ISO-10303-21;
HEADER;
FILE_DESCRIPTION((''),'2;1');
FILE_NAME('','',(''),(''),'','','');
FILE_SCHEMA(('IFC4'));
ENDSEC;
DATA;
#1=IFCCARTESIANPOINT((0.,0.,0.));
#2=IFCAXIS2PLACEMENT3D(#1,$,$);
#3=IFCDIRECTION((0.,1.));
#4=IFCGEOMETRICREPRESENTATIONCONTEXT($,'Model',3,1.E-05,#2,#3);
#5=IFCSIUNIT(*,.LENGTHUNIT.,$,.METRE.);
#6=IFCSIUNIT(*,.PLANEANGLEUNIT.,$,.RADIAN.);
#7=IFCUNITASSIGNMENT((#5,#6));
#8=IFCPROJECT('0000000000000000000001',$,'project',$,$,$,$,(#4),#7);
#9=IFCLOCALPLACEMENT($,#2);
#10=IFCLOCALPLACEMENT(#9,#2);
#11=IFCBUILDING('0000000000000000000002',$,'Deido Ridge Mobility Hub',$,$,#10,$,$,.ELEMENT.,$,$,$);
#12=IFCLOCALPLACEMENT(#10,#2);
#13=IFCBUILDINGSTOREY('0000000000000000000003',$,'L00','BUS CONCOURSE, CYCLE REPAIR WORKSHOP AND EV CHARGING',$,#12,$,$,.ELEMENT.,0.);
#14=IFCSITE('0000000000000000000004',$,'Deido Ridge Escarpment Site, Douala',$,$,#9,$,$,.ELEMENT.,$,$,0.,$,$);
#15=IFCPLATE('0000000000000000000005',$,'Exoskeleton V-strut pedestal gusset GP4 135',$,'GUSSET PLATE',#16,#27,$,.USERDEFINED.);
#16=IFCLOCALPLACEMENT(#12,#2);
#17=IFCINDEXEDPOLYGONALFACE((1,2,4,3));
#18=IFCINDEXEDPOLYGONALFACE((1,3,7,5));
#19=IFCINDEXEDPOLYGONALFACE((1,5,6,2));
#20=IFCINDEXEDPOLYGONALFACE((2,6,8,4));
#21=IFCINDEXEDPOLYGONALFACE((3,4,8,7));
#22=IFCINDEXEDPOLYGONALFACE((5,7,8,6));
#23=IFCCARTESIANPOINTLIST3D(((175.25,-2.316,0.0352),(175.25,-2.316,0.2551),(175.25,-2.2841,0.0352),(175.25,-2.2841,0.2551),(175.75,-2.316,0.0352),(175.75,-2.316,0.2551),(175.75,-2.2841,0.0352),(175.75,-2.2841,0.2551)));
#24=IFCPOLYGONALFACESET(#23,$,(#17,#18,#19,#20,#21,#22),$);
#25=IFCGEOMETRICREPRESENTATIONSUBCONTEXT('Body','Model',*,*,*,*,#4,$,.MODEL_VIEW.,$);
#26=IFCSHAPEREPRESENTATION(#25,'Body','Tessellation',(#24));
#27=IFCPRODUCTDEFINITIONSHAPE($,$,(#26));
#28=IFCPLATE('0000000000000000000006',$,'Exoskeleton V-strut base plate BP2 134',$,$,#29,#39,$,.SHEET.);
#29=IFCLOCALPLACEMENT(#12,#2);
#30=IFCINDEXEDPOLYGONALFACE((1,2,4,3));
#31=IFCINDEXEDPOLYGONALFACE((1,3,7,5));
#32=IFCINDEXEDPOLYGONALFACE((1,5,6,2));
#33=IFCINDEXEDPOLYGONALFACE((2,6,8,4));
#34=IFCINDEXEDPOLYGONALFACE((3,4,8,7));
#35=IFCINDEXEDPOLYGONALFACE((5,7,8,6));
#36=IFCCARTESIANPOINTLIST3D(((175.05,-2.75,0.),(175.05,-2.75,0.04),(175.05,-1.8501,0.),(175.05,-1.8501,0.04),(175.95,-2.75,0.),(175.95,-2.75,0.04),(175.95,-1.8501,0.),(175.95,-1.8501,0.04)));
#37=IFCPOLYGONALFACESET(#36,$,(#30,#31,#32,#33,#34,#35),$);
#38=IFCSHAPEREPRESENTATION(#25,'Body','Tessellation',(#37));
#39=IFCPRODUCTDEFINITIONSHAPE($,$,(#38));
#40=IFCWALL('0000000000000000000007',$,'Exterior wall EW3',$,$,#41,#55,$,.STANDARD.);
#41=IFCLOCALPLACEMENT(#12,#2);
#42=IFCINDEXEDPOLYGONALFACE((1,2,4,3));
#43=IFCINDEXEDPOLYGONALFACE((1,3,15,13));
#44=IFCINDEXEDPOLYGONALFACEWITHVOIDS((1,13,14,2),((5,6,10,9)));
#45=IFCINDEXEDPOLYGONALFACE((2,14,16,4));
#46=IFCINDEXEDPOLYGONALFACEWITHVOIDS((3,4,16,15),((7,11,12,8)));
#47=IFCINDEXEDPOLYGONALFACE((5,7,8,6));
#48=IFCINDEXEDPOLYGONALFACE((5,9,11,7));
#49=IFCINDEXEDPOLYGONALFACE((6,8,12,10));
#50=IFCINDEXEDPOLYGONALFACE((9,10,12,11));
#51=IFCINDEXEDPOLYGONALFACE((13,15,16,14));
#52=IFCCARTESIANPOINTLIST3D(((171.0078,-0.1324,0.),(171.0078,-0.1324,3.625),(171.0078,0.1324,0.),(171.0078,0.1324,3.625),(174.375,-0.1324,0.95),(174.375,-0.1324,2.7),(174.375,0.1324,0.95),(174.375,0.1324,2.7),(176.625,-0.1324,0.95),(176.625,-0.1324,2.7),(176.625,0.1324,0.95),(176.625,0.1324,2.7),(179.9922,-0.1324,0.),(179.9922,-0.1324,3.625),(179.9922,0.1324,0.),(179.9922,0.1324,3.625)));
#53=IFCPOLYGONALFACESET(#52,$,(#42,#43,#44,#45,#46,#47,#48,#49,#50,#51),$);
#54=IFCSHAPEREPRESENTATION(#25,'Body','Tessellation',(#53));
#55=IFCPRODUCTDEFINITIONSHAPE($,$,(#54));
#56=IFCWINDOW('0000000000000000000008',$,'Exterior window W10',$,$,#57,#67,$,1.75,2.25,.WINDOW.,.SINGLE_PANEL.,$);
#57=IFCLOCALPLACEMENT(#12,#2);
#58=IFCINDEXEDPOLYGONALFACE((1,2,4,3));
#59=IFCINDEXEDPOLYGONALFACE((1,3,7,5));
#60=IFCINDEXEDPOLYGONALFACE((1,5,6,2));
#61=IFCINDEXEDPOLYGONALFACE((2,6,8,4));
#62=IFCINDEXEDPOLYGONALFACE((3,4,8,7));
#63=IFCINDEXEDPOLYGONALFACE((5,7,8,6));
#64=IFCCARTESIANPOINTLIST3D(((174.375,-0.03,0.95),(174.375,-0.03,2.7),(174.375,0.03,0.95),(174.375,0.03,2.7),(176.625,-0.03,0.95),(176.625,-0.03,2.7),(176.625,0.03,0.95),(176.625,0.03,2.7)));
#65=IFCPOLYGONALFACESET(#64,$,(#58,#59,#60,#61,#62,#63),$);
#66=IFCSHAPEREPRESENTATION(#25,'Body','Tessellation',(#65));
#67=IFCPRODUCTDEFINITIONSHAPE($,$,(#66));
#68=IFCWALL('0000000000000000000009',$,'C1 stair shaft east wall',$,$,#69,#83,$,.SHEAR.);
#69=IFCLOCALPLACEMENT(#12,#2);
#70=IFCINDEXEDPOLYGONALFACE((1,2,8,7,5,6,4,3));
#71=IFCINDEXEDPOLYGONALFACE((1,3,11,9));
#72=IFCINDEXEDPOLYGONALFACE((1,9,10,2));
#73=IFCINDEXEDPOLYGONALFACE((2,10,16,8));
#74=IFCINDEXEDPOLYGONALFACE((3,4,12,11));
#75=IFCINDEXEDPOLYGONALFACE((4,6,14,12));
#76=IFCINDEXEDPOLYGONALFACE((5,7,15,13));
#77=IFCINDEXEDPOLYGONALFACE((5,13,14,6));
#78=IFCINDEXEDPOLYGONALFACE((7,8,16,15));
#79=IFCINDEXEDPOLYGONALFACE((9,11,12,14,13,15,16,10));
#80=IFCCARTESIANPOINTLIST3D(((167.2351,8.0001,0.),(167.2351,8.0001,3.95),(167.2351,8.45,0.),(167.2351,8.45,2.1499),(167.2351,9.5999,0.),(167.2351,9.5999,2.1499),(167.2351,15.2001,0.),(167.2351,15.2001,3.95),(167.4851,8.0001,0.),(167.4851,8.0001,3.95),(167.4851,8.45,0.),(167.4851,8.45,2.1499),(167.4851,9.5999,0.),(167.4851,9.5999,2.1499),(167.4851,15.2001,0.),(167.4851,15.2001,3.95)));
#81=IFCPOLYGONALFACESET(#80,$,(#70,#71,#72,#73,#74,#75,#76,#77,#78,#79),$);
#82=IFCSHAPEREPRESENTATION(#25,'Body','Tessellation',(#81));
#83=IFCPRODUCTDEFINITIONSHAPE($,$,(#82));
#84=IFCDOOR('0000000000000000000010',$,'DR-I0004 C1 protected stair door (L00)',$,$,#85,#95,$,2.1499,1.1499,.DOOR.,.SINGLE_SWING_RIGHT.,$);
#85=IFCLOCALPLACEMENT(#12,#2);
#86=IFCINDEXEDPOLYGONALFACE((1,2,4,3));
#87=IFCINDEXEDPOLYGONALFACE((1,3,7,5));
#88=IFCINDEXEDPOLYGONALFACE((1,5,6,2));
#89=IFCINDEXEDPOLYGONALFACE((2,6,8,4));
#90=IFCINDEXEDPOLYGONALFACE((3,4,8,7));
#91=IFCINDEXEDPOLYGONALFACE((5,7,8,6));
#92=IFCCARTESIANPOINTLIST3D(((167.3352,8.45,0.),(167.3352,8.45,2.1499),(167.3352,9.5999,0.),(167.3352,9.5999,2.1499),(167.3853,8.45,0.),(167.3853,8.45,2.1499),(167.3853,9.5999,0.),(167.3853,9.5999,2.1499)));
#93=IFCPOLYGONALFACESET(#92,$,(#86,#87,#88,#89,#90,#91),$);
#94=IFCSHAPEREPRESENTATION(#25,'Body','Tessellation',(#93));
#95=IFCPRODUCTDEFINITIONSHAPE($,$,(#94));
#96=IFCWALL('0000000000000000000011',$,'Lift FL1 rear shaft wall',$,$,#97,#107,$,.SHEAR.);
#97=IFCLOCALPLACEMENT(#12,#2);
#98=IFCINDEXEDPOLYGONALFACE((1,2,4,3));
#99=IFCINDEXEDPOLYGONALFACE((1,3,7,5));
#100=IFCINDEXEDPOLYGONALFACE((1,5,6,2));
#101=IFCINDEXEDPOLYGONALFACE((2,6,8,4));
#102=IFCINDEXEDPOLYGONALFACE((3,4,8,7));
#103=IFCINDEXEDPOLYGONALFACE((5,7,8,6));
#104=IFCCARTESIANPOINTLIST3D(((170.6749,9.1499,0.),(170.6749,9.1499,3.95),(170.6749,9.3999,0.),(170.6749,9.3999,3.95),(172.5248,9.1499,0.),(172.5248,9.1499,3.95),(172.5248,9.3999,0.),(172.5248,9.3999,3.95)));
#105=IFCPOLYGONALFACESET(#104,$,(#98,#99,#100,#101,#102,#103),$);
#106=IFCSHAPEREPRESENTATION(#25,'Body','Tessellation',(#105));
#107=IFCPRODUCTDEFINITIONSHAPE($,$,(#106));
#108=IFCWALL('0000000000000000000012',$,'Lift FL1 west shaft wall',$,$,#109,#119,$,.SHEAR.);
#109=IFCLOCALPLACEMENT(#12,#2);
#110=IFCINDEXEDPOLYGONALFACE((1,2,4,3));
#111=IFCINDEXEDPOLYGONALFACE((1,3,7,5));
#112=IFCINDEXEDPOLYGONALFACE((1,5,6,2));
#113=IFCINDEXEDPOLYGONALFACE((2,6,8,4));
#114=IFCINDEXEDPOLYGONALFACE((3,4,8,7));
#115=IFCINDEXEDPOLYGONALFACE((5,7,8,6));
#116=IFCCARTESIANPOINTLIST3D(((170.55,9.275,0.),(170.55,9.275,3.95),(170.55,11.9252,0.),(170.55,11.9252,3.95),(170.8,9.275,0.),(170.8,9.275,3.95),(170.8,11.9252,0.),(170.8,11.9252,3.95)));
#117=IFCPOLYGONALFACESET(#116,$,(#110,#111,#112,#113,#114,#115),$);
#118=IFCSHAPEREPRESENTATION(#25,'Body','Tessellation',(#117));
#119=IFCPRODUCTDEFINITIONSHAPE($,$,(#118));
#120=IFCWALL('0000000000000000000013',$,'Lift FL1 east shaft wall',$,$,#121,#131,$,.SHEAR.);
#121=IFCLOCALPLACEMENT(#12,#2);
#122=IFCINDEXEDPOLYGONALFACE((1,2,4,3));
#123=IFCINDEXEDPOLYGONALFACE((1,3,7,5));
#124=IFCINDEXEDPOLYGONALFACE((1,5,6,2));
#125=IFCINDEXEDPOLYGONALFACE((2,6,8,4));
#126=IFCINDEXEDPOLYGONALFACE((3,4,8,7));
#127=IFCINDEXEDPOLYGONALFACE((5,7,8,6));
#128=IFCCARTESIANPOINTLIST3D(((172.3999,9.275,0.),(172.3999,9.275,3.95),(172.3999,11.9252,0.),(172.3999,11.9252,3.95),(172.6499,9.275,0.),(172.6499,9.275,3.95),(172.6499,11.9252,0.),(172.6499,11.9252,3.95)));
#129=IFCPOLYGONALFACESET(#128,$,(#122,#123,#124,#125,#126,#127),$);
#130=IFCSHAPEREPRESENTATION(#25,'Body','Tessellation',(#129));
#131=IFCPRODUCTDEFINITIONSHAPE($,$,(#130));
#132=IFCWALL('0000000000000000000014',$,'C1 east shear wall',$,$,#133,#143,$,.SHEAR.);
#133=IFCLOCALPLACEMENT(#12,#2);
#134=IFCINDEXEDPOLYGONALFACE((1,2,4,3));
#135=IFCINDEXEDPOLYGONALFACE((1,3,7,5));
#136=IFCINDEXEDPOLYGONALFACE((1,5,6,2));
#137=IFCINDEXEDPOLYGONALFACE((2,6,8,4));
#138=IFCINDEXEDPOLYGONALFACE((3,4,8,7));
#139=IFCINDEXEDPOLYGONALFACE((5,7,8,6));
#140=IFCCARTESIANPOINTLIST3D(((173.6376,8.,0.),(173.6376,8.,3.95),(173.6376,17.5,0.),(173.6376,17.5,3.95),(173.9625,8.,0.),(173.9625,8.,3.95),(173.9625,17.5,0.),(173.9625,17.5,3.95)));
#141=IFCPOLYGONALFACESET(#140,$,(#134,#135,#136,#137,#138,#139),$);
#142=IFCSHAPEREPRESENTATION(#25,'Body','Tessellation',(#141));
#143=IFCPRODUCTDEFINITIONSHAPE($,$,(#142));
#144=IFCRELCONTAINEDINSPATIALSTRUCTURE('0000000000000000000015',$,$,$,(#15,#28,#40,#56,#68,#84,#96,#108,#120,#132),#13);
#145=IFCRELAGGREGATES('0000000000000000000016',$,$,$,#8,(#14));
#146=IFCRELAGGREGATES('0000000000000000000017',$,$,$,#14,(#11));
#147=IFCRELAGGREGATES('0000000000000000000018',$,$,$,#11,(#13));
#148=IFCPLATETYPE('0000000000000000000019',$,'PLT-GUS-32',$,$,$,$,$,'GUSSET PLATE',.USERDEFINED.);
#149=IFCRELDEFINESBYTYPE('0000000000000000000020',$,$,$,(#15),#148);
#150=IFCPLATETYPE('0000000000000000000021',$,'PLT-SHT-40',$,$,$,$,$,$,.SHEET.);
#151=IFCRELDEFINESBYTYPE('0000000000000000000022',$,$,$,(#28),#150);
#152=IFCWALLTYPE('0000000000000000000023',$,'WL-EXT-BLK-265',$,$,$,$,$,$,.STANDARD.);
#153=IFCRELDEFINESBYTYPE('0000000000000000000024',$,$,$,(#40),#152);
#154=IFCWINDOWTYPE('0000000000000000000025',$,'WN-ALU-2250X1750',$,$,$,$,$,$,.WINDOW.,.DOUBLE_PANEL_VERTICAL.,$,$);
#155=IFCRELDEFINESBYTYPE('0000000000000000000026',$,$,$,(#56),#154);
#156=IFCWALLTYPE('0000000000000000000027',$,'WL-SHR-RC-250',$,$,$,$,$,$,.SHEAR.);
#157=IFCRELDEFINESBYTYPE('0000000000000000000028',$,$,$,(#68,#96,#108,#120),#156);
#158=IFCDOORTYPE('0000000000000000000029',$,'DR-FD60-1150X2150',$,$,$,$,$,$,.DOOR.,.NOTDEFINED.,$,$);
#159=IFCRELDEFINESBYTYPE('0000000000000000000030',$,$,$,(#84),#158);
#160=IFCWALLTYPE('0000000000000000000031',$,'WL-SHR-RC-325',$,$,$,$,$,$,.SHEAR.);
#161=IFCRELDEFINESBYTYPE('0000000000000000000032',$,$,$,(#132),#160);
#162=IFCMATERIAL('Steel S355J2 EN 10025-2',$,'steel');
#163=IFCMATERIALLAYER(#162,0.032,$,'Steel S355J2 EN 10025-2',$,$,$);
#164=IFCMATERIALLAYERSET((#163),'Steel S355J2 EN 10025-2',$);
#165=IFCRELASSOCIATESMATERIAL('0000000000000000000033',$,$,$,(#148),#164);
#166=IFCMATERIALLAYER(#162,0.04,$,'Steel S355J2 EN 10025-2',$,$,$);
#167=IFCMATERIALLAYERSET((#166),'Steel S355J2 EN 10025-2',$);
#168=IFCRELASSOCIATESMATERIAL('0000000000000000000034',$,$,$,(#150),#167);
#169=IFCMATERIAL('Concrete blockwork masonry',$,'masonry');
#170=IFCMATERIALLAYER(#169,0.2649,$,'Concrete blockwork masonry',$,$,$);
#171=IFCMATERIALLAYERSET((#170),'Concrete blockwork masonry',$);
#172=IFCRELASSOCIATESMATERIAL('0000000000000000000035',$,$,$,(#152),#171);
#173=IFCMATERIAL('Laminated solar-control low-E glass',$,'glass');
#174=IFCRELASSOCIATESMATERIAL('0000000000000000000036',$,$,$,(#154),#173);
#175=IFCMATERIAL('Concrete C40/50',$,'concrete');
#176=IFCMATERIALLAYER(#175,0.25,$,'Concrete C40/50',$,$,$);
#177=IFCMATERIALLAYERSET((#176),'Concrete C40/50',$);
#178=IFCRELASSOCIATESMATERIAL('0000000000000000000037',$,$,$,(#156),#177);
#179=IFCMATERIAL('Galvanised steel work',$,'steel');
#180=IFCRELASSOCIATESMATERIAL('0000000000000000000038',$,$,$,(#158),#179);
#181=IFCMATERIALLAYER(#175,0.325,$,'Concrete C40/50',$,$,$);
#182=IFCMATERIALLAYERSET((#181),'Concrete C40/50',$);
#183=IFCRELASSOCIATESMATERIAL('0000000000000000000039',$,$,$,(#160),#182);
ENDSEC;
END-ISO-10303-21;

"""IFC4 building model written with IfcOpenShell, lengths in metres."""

from ifc_helpers import new_model, si_unit, direction, frame, frame_2d, origin, origin_2d, place, context, subcontext, project, spatial, rectangle, extrude, material, layer, layer_set, type_object, element, fill, save


model = new_model("IFC4")

# Units and contexts
model_context = context("Model", 3, precision=1e-05, world=origin(), true_north=direction((0.0, 1.0)))
body_context = subcontext(model_context, "Body", "Model", "MODEL_VIEW")
ifc_project = project(units=[si_unit("LENGTHUNIT", "METRE"), si_unit("PLANEANGLEUNIT", "RADIAN")], contexts=[model_context])

# Site, building, storey
site_placement = place(None, origin())
site = spatial("IfcSite", under=ifc_project, at=site_placement, Name="Deido Ridge Escarpment Site, Douala", CompositionType="ELEMENT", RefElevation=0.0)
building_placement = place(site_placement, origin())
building = spatial("IfcBuilding", under=site, at=building_placement, Name="Deido Ridge Mobility Hub", CompositionType="ELEMENT")
storey_placement = place(building_placement, origin())
storey = spatial("IfcBuildingStorey", under=building, at=storey_placement, Name="L00", Description="BUS CONCOURSE, CYCLE REPAIR WORKSHOP AND EV CHARGING", CompositionType="ELEMENT", Elevation=0.0)

# Shared definitions
ifc_material_1 = material(Name="Concrete C40/50", Category="concrete")

# Shared definitions
ifc_material_2 = material(Name="Steel S355J2 EN 10025-2", Category="steel")

# Plates
ifc_layer_1 = layer(ifc_material_2, 0.032, Name="Steel S355J2 EN 10025-2")
ifc_layer_set_1 = layer_set([ifc_layer_1], Name="Steel S355J2 EN 10025-2")
plate_type_1 = type_object("IfcPlateType", Name="PLT-GUS-32", ElementType="GUSSET PLATE", PredefinedType="USERDEFINED", material=ifc_layer_set_1)
plate_1_placement = place(storey_placement, frame((175.5, -2.3, 0.0352), z_axis=(0.0, 0.0, 1.0), x_axis=(1.0, 0.0, 0.0)))
element("IfcPlate", 1, at=plate_1_placement, inside=storey, type_object=plate_type_1, Name="Exoskeleton V-strut pedestal gusset GP4 135", ObjectType="GUSSET PLATE", PredefinedType="USERDEFINED", context=body_context, shape_type="SweptSolid", body=[
    extrude(rectangle(XDim=0.5, YDim=0.032, at=origin_2d()), origin(), (0.0, 0.0, 1.0), 0.22),
])
ifc_layer_2 = layer(ifc_material_2, 0.04, Name="Steel S355J2 EN 10025-2")
ifc_layer_set_2 = layer_set([ifc_layer_2], Name="Steel S355J2 EN 10025-2")
plate_type_2 = type_object("IfcPlateType", Name="PLT-SHT-40", PredefinedType="SHEET", material=ifc_layer_set_2)
plate_2_placement = place(storey_placement, frame((175.5, -2.3, 0.0), z_axis=(0.0, 0.0, 1.0), x_axis=(1.0, 0.0, 0.0)))
element("IfcPlate", 2, at=plate_2_placement, inside=storey, type_object=plate_type_2, Name="Exoskeleton V-strut base plate BP2 134", PredefinedType="SHEET", context=body_context, shape_type="SweptSolid", body=[
    extrude(rectangle(XDim=0.8999, YDim=0.8999, at=origin_2d()), origin(), (0.0, 0.0, 1.0), 0.04),
])

# Wall, opening, window
ifc_material_3 = material(Name="Concrete blockwork masonry", Category="masonry")
ifc_layer_3 = layer(ifc_material_3, 0.2649, Name="Concrete blockwork masonry")
ifc_layer_set_3 = layer_set([ifc_layer_3], Name="Concrete blockwork masonry")
wall_type_1 = type_object("IfcWallType", Name="WL-EXT-BLK-265", PredefinedType="STANDARD", material=ifc_layer_set_3)
wall_1_placement = place(storey_placement, frame((171.0078, 0.0, 0.0), z_axis=(0.0, 0.0, 1.0), x_axis=(1.0, 0.0, 0.0)))
wall_1 = element("IfcWall", 3, at=wall_1_placement, inside=storey, type_object=wall_type_1, Name="Exterior wall EW3", PredefinedType="STANDARD", context=body_context, shape_type="SweptSolid", body=[
    extrude(rectangle(XDim=8.9844, YDim=0.2649, at=frame_2d((4.4922, 0.0))), origin(), (0.0, 0.0, 1.0), 3.625),
])
opening_1_placement = place(wall_1_placement, frame((3.3672, 0.0, 0.95)))
opening_1 = element("IfcOpeningElement", 4, at=opening_1_placement, cuts=wall_1, PredefinedType="OPENING", context=body_context, shape_type="SweptSolid", body=[
    extrude(rectangle(XDim=2.25, YDim=1.75, at=frame_2d((1.125, 0.875))), frame((0.0, 0.1426, 0.0), z_axis=(0.0, -1.0, 0.0), x_axis=(1.0, 0.0, 0.0)), (0.0, 0.0, 1.0), 0.2849),
])
ifc_material_4 = material(Name="Laminated solar-control low-E glass", Category="glass")
window_type = type_object("IfcWindowType", Name="WN-ALU-2250X1750", PartitioningType="DOUBLE_PANEL_VERTICAL", PredefinedType="WINDOW", material=ifc_material_4)
window_placement = place(opening_1_placement, origin())
window = element("IfcWindow", 5, at=window_placement, inside=storey, type_object=window_type, Name="Exterior window W10", OverallHeight=1.75, OverallWidth=2.25, PartitioningType="SINGLE_PANEL", PredefinedType="WINDOW", context=body_context, shape_type="SweptSolid", body=[
    extrude(rectangle(XDim=2.25, YDim=1.75, at=frame_2d((1.125, 0.875))), frame((0.0, 0.03, 0.0), z_axis=(0.0, -1.0, 0.0), x_axis=(1.0, 0.0, 0.0)), (0.0, 0.0, 1.0), 0.0601),
])
fill(opening_1, window)

# Wall, opening, door
ifc_layer_4 = layer(ifc_material_1, 0.25, Name="Concrete C40/50")
ifc_layer_set_4 = layer_set([ifc_layer_4], Name="Concrete C40/50")
wall_type_2 = type_object("IfcWallType", Name="WL-SHR-RC-250", PredefinedType="SHEAR", material=ifc_layer_set_4)
wall_2_placement = place(storey_placement, frame((167.3601, 8.0, 0.0), z_axis=(0.0, 0.0, 1.0), x_axis=(0.0, 1.0, 0.0)))
wall_2 = element("IfcWall", 6, at=wall_2_placement, inside=storey, type_object=wall_type_2, Name="C1 stair shaft east wall", PredefinedType="SHEAR", context=body_context, shape_type="SweptSolid", body=[
    extrude(rectangle(XDim=7.2, YDim=0.25, at=frame_2d((3.6001, 0.0))), origin(), (0.0, 0.0, 1.0), 3.95),
])
opening_2_placement = place(wall_2_placement, frame((0.45, 0.0, 0.0)))
opening_2 = element("IfcOpeningElement", 7, at=opening_2_placement, cuts=wall_2, PredefinedType="OPENING", context=body_context, shape_type="SweptSolid", body=[
    extrude(rectangle(XDim=1.1499, YDim=2.1499, at=frame_2d((0.575, 1.075))), frame((0.0, 0.135, 0.0), z_axis=(0.0, -1.0, 0.0), x_axis=(1.0, 0.0, 0.0)), (0.0, 0.0, 1.0), 0.27),
])
ifc_material_5 = material(Name="Galvanised steel work", Category="steel")
door_type = type_object("IfcDoorType", Name="DR-FD60-1150X2150", OperationType="NOTDEFINED", PredefinedType="DOOR", material=ifc_material_5)
door_placement = place(opening_2_placement, origin())
door = element("IfcDoor", 8, at=door_placement, inside=storey, type_object=door_type, Name="DR-I0004 C1 protected stair door (L00)", OperationType="SINGLE_SWING_RIGHT", OverallHeight=2.1499, OverallWidth=1.1499, PredefinedType="DOOR", context=body_context, shape_type="SweptSolid", body=[
    extrude(rectangle(XDim=1.1499, YDim=2.1499, at=frame_2d((0.575, 1.075))), frame((0.0, 0.0249, 0.0), z_axis=(0.0, -1.0, 0.0), x_axis=(1.0, 0.0, 0.0)), (0.0, 0.0, 1.0), 0.05),
])
fill(opening_2, door)

# Walls
wall_3_placement = place(storey_placement, frame((170.675, 9.2749, 0.0), z_axis=(0.0, 0.0, 1.0), x_axis=(1.0, 0.0, 0.0)))
element("IfcWall", 9, at=wall_3_placement, inside=storey, type_object=wall_type_2, Name="Lift FL1 rear shaft wall", PredefinedType="SHEAR", context=body_context, shape_type="SweptSolid", body=[
    extrude(rectangle(XDim=1.8499, YDim=0.25, at=frame_2d((0.9248, 0.0))), origin(), (0.0, 0.0, 1.0), 3.95),
])
for number, where, z_axis, x_axis, name in (
    (10, (170.675, 9.2749, 0.0), (0.0, 0.0, 1.0), (0.0, 1.0, 0.0), "Lift FL1 west shaft wall"),
    (11, (172.5249, 9.2749, 0.0), (0.0, 0.0, 1.0), (0.0, 1.0, 0.0), "Lift FL1 east shaft wall"),
):
    element("IfcWall", number, at=place(storey_placement, frame(where, z_axis=z_axis, x_axis=x_axis)), inside=storey, type_object=wall_type_2, Name=name, PredefinedType="SHEAR", context=body_context, shape_type="SweptSolid", body=[
        extrude(rectangle(XDim=2.6501, YDim=0.25, at=frame_2d((1.3252, 0.0))), origin(), (0.0, 0.0, 1.0), 3.95),
    ])
ifc_layer_5 = layer(ifc_material_1, 0.325, Name="Concrete C40/50")
ifc_layer_set_5 = layer_set([ifc_layer_5], Name="Concrete C40/50")
wall_type_3 = type_object("IfcWallType", Name="WL-SHR-RC-325", PredefinedType="SHEAR", material=ifc_layer_set_5)
wall_4_placement = place(storey_placement, frame((173.8, 8.0, 0.0), z_axis=(0.0, 0.0, 1.0), x_axis=(0.0, 1.0, 0.0)))
element("IfcWall", 12, at=wall_4_placement, inside=storey, type_object=wall_type_3, Name="C1 east shear wall", PredefinedType="SHEAR", context=body_context, shape_type="SweptSolid", body=[
    extrude(rectangle(XDim=9.5, YDim=0.325, at=frame_2d((4.75, 0.0))), origin(), (0.0, 0.0, 1.0), 3.95),
])

save(model, "model.ifc")
